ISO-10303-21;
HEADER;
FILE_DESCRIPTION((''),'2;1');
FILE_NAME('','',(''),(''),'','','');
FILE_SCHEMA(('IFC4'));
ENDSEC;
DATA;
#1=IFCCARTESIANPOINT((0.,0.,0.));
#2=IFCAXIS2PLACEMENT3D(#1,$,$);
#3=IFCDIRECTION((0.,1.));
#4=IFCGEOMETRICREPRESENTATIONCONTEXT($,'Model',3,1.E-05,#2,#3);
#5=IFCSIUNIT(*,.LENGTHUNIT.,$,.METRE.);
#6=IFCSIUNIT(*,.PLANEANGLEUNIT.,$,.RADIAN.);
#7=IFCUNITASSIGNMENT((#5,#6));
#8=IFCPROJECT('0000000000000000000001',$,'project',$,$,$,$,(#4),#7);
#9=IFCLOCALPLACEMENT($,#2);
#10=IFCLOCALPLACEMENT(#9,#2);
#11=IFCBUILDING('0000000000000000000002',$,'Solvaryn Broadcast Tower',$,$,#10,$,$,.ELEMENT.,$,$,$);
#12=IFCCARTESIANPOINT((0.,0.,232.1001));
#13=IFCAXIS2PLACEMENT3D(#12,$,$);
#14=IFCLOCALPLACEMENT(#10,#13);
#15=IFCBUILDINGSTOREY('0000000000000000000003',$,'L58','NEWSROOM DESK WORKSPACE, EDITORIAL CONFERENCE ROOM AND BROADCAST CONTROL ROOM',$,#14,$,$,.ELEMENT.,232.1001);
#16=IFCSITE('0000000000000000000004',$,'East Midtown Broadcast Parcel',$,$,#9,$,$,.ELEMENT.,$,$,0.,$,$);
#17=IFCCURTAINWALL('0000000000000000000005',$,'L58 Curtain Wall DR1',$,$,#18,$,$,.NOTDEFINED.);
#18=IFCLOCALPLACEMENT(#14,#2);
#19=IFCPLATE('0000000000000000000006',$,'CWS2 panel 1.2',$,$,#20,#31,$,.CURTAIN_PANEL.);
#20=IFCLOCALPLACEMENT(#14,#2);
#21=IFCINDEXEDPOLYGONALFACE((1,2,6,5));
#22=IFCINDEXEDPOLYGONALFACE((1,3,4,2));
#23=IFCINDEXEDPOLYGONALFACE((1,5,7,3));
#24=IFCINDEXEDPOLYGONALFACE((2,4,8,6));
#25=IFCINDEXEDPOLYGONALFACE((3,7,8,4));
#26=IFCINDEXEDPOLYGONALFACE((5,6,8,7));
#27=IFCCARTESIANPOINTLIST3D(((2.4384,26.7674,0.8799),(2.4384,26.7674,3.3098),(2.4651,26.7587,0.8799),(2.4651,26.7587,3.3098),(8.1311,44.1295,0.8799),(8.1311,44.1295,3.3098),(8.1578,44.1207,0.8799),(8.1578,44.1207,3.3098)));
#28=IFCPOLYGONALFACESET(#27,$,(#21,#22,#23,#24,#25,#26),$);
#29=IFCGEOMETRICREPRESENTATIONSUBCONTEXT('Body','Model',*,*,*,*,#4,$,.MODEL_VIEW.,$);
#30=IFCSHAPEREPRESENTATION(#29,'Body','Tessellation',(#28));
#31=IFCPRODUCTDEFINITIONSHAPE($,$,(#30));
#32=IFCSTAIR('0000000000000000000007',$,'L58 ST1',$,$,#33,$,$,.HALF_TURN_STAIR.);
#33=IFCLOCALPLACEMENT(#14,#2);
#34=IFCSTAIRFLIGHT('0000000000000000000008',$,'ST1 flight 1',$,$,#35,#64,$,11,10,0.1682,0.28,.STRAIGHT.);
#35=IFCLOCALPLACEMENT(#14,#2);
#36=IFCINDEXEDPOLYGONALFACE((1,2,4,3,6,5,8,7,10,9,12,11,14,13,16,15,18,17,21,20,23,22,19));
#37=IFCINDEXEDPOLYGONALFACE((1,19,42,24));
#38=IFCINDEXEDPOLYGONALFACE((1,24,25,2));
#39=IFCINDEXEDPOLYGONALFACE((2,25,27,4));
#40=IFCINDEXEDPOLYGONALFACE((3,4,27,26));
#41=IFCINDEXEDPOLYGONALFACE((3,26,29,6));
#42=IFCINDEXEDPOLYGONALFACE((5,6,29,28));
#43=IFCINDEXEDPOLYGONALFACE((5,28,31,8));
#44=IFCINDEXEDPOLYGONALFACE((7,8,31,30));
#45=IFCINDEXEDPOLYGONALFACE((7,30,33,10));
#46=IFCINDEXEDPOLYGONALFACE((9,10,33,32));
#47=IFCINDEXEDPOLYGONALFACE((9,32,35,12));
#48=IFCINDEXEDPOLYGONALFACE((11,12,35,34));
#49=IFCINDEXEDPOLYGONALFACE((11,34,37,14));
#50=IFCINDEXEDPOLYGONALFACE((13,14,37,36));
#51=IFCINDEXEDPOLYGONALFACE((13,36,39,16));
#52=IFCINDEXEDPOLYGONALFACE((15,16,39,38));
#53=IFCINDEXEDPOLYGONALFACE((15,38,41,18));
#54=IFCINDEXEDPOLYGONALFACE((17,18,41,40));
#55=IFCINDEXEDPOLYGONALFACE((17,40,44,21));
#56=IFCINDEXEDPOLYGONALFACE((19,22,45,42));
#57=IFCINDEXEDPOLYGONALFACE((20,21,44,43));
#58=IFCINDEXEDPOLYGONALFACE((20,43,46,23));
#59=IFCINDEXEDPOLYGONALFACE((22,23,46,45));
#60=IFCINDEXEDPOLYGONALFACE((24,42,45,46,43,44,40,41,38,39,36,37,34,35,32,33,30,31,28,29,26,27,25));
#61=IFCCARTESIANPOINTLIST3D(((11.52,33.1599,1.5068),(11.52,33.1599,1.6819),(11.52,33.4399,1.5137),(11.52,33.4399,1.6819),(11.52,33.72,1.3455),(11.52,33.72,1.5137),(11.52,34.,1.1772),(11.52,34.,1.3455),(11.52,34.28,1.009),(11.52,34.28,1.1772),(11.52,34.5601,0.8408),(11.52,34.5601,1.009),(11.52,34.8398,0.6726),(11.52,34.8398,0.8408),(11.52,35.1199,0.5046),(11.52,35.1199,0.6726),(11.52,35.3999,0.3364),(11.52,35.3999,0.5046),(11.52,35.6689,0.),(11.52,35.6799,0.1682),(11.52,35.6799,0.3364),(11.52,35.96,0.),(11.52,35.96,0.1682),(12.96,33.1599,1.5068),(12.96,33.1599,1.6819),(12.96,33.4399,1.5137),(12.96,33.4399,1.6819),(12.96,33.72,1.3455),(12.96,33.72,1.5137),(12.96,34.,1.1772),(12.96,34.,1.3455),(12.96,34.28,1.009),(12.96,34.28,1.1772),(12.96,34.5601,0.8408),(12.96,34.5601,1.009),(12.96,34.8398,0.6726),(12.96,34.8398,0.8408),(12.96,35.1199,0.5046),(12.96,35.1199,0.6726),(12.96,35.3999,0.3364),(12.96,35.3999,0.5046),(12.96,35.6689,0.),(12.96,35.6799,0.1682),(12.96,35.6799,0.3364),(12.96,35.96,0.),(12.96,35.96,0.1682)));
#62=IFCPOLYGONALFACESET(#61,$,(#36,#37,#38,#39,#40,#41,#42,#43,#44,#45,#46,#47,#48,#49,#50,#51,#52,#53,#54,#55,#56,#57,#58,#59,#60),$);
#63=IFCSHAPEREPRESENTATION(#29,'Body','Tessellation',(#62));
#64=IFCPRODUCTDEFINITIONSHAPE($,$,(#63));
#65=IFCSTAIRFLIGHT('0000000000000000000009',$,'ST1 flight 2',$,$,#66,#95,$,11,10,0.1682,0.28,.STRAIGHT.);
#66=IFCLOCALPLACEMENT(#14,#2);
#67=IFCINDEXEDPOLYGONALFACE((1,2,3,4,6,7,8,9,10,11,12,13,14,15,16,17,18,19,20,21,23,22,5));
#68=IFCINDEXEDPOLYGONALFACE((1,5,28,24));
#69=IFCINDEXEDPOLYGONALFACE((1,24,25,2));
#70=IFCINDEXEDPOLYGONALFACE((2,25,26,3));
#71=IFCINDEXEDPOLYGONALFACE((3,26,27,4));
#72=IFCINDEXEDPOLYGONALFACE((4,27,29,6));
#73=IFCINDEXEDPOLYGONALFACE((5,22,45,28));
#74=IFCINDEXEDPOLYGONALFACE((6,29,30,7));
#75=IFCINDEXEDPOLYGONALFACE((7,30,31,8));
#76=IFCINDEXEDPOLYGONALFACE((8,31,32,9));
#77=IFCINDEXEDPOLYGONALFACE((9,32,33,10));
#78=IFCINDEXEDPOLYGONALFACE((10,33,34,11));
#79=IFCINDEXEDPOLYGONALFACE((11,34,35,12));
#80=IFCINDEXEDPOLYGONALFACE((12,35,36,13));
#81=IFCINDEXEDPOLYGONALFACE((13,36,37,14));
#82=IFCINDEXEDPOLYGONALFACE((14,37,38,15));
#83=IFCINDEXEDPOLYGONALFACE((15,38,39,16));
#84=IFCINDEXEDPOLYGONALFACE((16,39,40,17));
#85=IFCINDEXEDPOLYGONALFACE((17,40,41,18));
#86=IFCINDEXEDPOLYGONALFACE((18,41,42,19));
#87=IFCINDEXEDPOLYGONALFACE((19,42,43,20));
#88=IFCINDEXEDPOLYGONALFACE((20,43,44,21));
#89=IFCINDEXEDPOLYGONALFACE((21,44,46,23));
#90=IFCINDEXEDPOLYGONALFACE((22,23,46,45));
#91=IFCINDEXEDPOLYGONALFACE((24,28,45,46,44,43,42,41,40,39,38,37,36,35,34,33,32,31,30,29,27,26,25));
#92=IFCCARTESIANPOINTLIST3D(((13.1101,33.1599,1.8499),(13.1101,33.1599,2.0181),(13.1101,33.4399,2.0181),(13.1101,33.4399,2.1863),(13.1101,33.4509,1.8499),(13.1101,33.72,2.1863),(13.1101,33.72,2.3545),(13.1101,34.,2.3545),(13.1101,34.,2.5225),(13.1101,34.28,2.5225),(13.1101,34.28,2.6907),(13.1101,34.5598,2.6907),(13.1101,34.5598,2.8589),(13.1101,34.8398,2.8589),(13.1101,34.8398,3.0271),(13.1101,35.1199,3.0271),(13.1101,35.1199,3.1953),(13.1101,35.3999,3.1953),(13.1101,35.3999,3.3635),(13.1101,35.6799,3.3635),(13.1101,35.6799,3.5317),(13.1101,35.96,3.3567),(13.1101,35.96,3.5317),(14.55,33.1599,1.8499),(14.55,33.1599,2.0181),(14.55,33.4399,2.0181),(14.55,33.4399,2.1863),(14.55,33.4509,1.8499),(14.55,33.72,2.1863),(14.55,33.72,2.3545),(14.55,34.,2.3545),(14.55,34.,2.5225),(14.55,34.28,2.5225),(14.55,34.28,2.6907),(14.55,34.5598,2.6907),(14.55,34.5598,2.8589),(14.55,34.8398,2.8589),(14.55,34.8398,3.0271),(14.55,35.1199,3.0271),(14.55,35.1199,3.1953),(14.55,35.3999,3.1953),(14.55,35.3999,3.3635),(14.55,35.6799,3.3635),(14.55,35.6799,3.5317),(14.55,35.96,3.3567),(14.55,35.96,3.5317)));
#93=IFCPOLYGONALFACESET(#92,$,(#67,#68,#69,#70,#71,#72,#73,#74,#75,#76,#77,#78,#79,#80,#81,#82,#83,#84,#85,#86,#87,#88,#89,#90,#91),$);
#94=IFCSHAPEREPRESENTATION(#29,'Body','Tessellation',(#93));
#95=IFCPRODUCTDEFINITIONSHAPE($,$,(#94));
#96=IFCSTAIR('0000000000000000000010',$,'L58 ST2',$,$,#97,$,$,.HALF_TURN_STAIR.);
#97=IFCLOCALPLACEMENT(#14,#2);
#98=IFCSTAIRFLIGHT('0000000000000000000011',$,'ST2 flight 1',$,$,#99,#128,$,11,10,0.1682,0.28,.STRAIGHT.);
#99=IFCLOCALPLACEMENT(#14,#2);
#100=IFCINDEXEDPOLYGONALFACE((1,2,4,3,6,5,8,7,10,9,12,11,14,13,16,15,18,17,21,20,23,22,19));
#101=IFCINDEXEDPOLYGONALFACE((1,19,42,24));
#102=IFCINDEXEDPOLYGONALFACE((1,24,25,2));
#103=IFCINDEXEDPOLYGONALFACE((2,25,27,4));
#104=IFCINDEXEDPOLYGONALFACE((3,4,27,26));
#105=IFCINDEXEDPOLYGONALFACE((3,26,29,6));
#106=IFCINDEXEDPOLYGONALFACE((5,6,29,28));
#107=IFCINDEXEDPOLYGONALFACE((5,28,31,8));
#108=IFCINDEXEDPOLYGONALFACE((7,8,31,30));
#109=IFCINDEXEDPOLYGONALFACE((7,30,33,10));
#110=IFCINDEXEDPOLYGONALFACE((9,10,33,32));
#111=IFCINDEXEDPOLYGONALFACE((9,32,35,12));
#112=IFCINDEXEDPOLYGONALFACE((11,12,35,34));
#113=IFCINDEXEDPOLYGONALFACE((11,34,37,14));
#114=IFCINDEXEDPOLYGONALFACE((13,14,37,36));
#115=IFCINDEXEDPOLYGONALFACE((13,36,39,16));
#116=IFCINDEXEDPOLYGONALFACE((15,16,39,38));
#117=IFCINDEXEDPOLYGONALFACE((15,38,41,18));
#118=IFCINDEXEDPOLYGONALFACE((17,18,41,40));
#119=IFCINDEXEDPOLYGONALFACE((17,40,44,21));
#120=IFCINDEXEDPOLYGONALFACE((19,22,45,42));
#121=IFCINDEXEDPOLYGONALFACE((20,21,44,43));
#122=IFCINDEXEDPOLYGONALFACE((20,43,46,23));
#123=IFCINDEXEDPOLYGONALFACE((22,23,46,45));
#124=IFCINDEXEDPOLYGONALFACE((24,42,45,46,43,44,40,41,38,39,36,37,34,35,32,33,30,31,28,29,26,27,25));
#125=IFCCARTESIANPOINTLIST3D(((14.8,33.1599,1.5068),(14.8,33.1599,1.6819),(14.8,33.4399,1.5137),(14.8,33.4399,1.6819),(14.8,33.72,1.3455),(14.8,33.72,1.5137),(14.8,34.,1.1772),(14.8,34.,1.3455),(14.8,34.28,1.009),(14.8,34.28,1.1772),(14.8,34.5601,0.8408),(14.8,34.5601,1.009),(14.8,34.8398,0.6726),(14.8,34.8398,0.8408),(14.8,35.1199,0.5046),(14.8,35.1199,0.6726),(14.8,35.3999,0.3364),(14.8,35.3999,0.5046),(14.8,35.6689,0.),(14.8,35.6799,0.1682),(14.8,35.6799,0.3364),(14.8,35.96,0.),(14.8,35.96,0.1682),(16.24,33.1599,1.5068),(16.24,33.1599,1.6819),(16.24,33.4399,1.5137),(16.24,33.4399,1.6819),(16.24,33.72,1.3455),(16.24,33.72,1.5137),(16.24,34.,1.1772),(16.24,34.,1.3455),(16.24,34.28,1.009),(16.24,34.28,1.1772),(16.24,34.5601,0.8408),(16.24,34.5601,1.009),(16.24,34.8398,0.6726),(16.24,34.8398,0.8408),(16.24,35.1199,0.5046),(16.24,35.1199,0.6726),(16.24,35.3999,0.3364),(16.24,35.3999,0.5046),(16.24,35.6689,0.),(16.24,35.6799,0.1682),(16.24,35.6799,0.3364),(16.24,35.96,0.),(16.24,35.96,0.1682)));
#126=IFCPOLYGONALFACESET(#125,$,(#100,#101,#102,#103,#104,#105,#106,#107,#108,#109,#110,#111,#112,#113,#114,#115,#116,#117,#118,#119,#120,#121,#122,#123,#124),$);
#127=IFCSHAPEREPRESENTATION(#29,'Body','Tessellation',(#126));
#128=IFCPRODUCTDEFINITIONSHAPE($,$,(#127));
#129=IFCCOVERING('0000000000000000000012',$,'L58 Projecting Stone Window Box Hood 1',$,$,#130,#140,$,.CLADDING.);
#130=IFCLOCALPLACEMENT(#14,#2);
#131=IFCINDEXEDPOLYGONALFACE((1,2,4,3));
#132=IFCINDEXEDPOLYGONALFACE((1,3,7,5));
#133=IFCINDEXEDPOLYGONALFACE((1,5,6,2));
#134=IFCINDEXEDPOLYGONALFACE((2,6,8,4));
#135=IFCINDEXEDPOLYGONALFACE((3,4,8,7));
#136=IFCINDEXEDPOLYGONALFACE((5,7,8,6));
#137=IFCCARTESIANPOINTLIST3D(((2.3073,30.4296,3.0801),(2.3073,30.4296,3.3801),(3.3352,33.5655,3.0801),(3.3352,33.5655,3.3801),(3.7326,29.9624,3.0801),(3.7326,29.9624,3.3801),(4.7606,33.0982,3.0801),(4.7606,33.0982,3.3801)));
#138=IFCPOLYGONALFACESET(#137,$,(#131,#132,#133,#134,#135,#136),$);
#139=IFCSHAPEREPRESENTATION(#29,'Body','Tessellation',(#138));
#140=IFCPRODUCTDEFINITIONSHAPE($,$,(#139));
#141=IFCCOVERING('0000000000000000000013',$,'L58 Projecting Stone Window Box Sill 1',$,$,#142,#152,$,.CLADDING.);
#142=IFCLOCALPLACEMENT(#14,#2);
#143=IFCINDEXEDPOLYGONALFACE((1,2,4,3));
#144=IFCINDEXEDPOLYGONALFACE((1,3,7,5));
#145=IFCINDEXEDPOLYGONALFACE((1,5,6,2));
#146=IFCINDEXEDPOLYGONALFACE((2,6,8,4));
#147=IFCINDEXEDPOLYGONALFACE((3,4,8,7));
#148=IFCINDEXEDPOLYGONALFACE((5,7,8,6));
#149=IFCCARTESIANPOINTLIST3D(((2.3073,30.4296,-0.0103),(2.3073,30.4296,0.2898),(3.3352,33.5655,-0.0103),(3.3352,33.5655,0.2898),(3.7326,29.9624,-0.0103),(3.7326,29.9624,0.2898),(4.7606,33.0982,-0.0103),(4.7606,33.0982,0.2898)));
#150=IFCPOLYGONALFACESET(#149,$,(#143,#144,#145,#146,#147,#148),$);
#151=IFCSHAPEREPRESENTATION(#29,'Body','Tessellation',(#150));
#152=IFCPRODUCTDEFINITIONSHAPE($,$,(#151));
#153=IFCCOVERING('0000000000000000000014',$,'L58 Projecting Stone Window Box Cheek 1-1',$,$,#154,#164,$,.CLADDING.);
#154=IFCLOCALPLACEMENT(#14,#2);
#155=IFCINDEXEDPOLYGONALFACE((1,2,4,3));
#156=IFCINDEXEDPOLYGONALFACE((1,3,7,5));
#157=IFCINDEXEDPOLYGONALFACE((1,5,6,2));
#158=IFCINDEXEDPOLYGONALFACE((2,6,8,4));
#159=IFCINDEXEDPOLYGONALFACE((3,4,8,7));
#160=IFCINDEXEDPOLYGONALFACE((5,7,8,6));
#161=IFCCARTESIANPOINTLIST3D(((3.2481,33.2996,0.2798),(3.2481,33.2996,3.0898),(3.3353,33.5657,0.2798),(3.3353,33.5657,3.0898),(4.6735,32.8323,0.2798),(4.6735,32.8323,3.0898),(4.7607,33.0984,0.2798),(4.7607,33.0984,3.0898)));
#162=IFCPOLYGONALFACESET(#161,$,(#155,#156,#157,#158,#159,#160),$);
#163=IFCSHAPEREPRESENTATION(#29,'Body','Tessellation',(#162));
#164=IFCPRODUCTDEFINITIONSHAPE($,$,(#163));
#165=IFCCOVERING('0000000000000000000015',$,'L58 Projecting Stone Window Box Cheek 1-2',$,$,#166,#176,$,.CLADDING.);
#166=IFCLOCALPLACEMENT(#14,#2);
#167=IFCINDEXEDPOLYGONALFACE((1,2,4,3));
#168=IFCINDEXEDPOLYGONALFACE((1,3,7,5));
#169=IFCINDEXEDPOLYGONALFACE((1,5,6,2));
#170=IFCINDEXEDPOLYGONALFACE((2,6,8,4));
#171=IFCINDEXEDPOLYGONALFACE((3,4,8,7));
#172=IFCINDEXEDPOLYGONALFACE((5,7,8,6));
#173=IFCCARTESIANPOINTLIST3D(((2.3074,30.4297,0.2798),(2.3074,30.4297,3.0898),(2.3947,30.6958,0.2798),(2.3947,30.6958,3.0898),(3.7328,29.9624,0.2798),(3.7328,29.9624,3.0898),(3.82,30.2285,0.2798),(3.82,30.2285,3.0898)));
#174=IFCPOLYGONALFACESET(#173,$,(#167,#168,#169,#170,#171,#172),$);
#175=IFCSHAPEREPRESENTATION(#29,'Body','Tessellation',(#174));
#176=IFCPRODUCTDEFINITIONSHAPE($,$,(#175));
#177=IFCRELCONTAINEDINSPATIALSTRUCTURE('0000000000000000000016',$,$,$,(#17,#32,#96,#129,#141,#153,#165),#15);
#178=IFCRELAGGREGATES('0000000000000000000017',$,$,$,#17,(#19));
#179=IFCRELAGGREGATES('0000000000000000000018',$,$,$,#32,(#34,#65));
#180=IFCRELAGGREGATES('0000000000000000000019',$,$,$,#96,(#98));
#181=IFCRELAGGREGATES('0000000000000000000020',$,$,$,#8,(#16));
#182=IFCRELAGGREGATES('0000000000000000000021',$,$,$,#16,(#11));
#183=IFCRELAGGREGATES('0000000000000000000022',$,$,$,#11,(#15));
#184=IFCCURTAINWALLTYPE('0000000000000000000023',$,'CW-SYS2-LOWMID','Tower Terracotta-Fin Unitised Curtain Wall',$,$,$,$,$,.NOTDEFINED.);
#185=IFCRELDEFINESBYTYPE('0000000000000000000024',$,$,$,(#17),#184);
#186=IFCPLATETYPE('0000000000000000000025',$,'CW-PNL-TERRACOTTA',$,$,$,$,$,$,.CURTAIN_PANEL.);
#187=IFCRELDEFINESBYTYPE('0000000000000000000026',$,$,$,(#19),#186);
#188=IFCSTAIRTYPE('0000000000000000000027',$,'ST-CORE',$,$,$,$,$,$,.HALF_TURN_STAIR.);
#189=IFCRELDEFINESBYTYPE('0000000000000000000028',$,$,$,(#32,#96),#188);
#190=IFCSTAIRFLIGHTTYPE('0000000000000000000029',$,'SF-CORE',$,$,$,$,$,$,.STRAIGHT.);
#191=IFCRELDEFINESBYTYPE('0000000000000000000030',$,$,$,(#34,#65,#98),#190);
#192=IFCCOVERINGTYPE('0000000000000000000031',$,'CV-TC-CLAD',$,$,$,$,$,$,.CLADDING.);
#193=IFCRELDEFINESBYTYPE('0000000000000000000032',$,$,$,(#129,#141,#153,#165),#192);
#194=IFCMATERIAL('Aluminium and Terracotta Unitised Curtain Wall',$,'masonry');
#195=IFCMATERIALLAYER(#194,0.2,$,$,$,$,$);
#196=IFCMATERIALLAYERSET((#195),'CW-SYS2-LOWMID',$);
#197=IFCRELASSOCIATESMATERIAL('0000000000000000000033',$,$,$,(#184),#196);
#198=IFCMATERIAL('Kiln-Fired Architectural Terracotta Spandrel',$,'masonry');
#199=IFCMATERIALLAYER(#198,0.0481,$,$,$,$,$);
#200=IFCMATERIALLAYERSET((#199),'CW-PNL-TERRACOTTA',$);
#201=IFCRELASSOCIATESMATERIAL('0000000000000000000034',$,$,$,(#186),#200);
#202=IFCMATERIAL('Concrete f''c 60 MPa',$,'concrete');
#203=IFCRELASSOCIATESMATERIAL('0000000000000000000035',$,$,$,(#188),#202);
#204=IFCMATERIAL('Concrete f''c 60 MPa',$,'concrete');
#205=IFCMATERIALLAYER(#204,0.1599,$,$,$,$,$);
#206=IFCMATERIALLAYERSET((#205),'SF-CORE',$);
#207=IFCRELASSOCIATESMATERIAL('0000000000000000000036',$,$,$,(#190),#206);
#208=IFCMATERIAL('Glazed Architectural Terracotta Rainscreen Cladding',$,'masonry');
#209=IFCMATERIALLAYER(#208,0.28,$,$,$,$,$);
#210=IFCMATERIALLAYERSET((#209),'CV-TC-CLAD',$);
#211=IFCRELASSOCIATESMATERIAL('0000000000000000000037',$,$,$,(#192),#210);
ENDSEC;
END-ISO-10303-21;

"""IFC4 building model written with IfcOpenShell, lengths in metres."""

from ifc_helpers import new_model, si_unit, direction, frame, origin, origin_2d, place, context, subcontext, project, spatial, polyline, rectangle, outline, extrude, material, layer, layer_set, type_object, element, aggregate, save


model = new_model("IFC4")

# Units and contexts
model_context = context("Model", 3, precision=1e-05, world=origin(), true_north=direction((0.0, 1.0)))
body_context = subcontext(model_context, "Body", "Model", "MODEL_VIEW")
ifc_project = project(units=[si_unit("LENGTHUNIT", "METRE"), si_unit("PLANEANGLEUNIT", "RADIAN")], contexts=[model_context])

# Site, building, storey
site_placement = place(None, origin())
site = spatial("IfcSite", under=ifc_project, at=site_placement, Name="East Midtown Broadcast Parcel", CompositionType="ELEMENT", RefElevation=0.0)
building_placement = place(site_placement, origin())
building = spatial("IfcBuilding", under=site, at=building_placement, Name="Solvaryn Broadcast Tower", CompositionType="ELEMENT")
storey_placement = place(building_placement, frame((0.0, 0.0, 232.1001)))
storey = spatial("IfcBuildingStorey", under=building, at=storey_placement, Name="L58", Description="NEWSROOM DESK WORKSPACE, EDITORIAL CONFERENCE ROOM AND BROADCAST CONTROL ROOM", CompositionType="ELEMENT", Elevation=232.1001)

# Curtain wall, plate
ifc_material_1 = material(Name="Aluminium and Terracotta Unitised Curtain Wall", Category="masonry")
ifc_layer_1 = layer(ifc_material_1, 0.2)
ifc_layer_set_1 = layer_set([ifc_layer_1], Name="CW-SYS2-LOWMID")
curtain_wall_type = type_object("IfcCurtainWallType", Name="CW-SYS2-LOWMID", Description="Tower Terracotta-Fin Unitised Curtain Wall", PredefinedType="NOTDEFINED", material=ifc_layer_set_1)
curtain_wall_placement = place(storey_placement, origin())
curtain_wall = element("IfcCurtainWall", 1, at=curtain_wall_placement, inside=storey, type_object=curtain_wall_type, Name="L58 Curtain Wall DR1", PredefinedType="NOTDEFINED")
ifc_material_2 = material(Name="Kiln-Fired Architectural Terracotta Spandrel", Category="masonry")
ifc_layer_2 = layer(ifc_material_2, 0.0481)
ifc_layer_set_2 = layer_set([ifc_layer_2], Name="CW-PNL-TERRACOTTA")
plate_type = type_object("IfcPlateType", Name="CW-PNL-TERRACOTTA", PredefinedType="CURTAIN_PANEL", material=ifc_layer_set_2)
plate_1_placement = place(storey_placement, frame((5.2981, 35.4441, 0.8799), z_axis=(0.0, 0.0, 1.0), x_axis=(-0.311559, -0.950227, 0.0)))
plate_1 = element("IfcPlate", 2, at=plate_1_placement, type_object=plate_type, Name="CWS2 panel 1.2", PredefinedType="CURTAIN_PANEL", context=body_context, shape_type="SweptSolid", body=[
    extrude(rectangle(XDim=18.2715, YDim=0.0281, at=origin_2d()), origin(), (0.0, 0.0, 1.0), 2.4299),
])
aggregate(curtain_wall, [plate_1])

# Stair, stair flights
ifc_material_3 = material(Name="Concrete f'c 60 MPa", Category="concrete")
stair_type = type_object("IfcStairType", Name="ST-CORE", PredefinedType="HALF_TURN_STAIR", material=ifc_material_3)
stair_1_placement = place(storey_placement, origin())
stair_1 = element("IfcStair", 3, at=stair_1_placement, inside=storey, type_object=stair_type, Name="L58 ST1", PredefinedType="HALF_TURN_STAIR")
ifc_material_4 = material(Name="Concrete f'c 60 MPa", Category="concrete")
ifc_layer_3 = layer(ifc_material_4, 0.1599)
ifc_layer_set_3 = layer_set([ifc_layer_3], Name="SF-CORE")
stair_flight_type = type_object("IfcStairFlightType", Name="SF-CORE", PredefinedType="STRAIGHT", material=ifc_layer_set_3)
stair_flight_1_placement = place(storey_placement, frame((12.24, 35.96, 0.0), z_axis=(0.0, 0.0, 1.0), x_axis=(0.0, -1.0, 0.0)))
stair_flight_1 = element("IfcStairFlight", 4, at=stair_flight_1_placement, type_object=stair_flight_type, Name="ST1 flight 1", NumberOfRisers=11, NumberOfTreads=10, PredefinedType="STRAIGHT", RiserHeight=0.1682, TreadLength=0.28, context=body_context, shape_type="SweptSolid", body=[
    extrude(outline(polyline([(0.0, 0.0), (0.0, 0.1682), (0.28, 0.1682), (0.28, 0.3364), (0.5601, 0.3364), (0.5601, 0.5046), (0.8401, 0.5046), (0.8401, 0.6726), (1.1201, 0.6726), (1.1201, 0.8408), (1.3999, 0.8408), (1.3999, 1.009), (1.6799, 1.009), (1.6799, 1.1772), (1.96, 1.1772), (1.96, 1.3455), (2.24, 1.3455), (2.24, 1.5137), (2.52, 1.5137), (2.52, 1.6819), (2.8, 1.6819), (2.8, 1.8501), (2.8, 1.5068), (0.291, 0.0), (0.0, 0.0)])), frame((0.0, 0.72, 0.0), z_axis=(0.0, -1.0, 0.0), x_axis=(1.0, 0.0, 0.0)), (0.0, 0.0, 1.0), 1.4399),
])
stair_flight_2_placement = place(storey_placement, frame((13.8301, 33.1599, 1.8499), z_axis=(0.0, 0.0, 1.0), x_axis=(0.0, 1.0, 0.0)))
stair_flight_2 = element("IfcStairFlight", 5, at=stair_flight_2_placement, type_object=stair_flight_type, Name="ST1 flight 2", NumberOfRisers=11, NumberOfTreads=10, PredefinedType="STRAIGHT", RiserHeight=0.1682, TreadLength=0.28, context=body_context, shape_type="SweptSolid", body=[
    extrude(outline(polyline([(0.0, 0.0), (0.0, 0.1682), (0.28, 0.1682), (0.28, 0.3364), (0.5601, 0.3364), (0.5601, 0.5046), (0.8401, 0.5046), (0.8401, 0.6726), (1.1201, 0.6726), (1.1201, 0.8408), (1.3999, 0.8408), (1.3999, 1.009), (1.6799, 1.009), (1.6799, 1.1772), (1.96, 1.1772), (1.96, 1.3455), (2.24, 1.3455), (2.24, 1.5137), (2.52, 1.5137), (2.52, 1.6819), (2.8, 1.6819), (2.8, 1.8501), (2.8, 1.5068), (0.291, 0.0), (0.0, 0.0)])), frame((0.0, 0.72, 0.0), z_axis=(0.0, -1.0, 0.0), x_axis=(1.0, 0.0, 0.0)), (0.0, 0.0, 1.0), 1.4399),
])
aggregate(stair_1, [stair_flight_1, stair_flight_2])

# Stair, stair flight
stair_2_placement = place(storey_placement, origin())
stair_2 = element("IfcStair", 6, at=stair_2_placement, inside=storey, type_object=stair_type, Name="L58 ST2", PredefinedType="HALF_TURN_STAIR")
stair_flight_3_placement = place(storey_placement, frame((15.52, 35.96, 0.0), z_axis=(0.0, 0.0, 1.0), x_axis=(0.0, -1.0, 0.0)))
stair_flight_3 = element("IfcStairFlight", 7, at=stair_flight_3_placement, type_object=stair_flight_type, Name="ST2 flight 1", NumberOfRisers=11, NumberOfTreads=10, PredefinedType="STRAIGHT", RiserHeight=0.1682, TreadLength=0.28, context=body_context, shape_type="SweptSolid", body=[
    extrude(outline(polyline([(0.0, 0.0), (0.0, 0.1682), (0.28, 0.1682), (0.28, 0.3364), (0.5601, 0.3364), (0.5601, 0.5046), (0.8401, 0.5046), (0.8401, 0.6726), (1.1201, 0.6726), (1.1201, 0.8408), (1.3999, 0.8408), (1.3999, 1.009), (1.6799, 1.009), (1.6799, 1.1772), (1.96, 1.1772), (1.96, 1.3455), (2.24, 1.3455), (2.24, 1.5137), (2.52, 1.5137), (2.52, 1.6819), (2.8, 1.6819), (2.8, 1.8501), (2.8, 1.5068), (0.291, 0.0), (0.0, 0.0)])), frame((0.0, 0.72, 0.0), z_axis=(0.0, -1.0, 0.0), x_axis=(1.0, 0.0, 0.0)), (0.0, 0.0, 1.0), 1.4399),
])
aggregate(stair_2, [stair_flight_3])

# Coverings
ifc_material_5 = material(Name="Glazed Architectural Terracotta Rainscreen Cladding", Category="masonry")
ifc_layer_4 = layer(ifc_material_5, 0.28)
ifc_layer_set_4 = layer_set([ifc_layer_4], Name="CV-TC-CLAD")
covering_type = type_object("IfcCoveringType", Name="CV-TC-CLAD", PredefinedType="CLADDING", material=ifc_layer_set_4)
for number, where, z_axis, x_axis, name in (
    (8, (3.5339, 31.7639, 3.0801), (0.0, 0.0, 1.0), (-0.311506, -0.950244, 0.0), "L58 Projecting Stone Window Box Hood 1"),
    (9, (3.5339, 31.7639, -0.0103), (0.0, 0.0, 1.0), (-0.311506, -0.950244, 0.0), "L58 Projecting Stone Window Box Sill 1"),
):
    element("IfcCovering", number, at=place(storey_placement, frame(where, z_axis=z_axis, x_axis=x_axis)), inside=storey, type_object=covering_type, Name=name, PredefinedType="CLADDING", context=body_context, shape_type="SweptSolid", body=[
        extrude(rectangle(XDim=3.3, YDim=1.5, at=origin_2d()), origin(), (0.0, 0.0, 1.0), 0.3),
    ])
for number, where, z_axis, x_axis, name in (
    (10, (4.0044, 33.199, 0.2798), (0.0, 0.0, 1.0), (-0.311506, -0.950244, 0.0), "L58 Projecting Stone Window Box Cheek 1-1"),
    (11, (3.0637, 30.3291, 0.2798), (0.0, 0.0, 1.0), (-0.311506, -0.950244, 0.0), "L58 Projecting Stone Window Box Cheek 1-2"),
):
    element("IfcCovering", number, at=place(storey_placement, frame(where, z_axis=z_axis, x_axis=x_axis)), inside=storey, type_object=covering_type, Name=name, PredefinedType="CLADDING", context=body_context, shape_type="SweptSolid", body=[
        extrude(rectangle(XDim=0.28, YDim=1.5, at=origin_2d()), origin(), (0.0, 0.0, 1.0), 2.8101),
    ])

save(model, "model.ifc")
